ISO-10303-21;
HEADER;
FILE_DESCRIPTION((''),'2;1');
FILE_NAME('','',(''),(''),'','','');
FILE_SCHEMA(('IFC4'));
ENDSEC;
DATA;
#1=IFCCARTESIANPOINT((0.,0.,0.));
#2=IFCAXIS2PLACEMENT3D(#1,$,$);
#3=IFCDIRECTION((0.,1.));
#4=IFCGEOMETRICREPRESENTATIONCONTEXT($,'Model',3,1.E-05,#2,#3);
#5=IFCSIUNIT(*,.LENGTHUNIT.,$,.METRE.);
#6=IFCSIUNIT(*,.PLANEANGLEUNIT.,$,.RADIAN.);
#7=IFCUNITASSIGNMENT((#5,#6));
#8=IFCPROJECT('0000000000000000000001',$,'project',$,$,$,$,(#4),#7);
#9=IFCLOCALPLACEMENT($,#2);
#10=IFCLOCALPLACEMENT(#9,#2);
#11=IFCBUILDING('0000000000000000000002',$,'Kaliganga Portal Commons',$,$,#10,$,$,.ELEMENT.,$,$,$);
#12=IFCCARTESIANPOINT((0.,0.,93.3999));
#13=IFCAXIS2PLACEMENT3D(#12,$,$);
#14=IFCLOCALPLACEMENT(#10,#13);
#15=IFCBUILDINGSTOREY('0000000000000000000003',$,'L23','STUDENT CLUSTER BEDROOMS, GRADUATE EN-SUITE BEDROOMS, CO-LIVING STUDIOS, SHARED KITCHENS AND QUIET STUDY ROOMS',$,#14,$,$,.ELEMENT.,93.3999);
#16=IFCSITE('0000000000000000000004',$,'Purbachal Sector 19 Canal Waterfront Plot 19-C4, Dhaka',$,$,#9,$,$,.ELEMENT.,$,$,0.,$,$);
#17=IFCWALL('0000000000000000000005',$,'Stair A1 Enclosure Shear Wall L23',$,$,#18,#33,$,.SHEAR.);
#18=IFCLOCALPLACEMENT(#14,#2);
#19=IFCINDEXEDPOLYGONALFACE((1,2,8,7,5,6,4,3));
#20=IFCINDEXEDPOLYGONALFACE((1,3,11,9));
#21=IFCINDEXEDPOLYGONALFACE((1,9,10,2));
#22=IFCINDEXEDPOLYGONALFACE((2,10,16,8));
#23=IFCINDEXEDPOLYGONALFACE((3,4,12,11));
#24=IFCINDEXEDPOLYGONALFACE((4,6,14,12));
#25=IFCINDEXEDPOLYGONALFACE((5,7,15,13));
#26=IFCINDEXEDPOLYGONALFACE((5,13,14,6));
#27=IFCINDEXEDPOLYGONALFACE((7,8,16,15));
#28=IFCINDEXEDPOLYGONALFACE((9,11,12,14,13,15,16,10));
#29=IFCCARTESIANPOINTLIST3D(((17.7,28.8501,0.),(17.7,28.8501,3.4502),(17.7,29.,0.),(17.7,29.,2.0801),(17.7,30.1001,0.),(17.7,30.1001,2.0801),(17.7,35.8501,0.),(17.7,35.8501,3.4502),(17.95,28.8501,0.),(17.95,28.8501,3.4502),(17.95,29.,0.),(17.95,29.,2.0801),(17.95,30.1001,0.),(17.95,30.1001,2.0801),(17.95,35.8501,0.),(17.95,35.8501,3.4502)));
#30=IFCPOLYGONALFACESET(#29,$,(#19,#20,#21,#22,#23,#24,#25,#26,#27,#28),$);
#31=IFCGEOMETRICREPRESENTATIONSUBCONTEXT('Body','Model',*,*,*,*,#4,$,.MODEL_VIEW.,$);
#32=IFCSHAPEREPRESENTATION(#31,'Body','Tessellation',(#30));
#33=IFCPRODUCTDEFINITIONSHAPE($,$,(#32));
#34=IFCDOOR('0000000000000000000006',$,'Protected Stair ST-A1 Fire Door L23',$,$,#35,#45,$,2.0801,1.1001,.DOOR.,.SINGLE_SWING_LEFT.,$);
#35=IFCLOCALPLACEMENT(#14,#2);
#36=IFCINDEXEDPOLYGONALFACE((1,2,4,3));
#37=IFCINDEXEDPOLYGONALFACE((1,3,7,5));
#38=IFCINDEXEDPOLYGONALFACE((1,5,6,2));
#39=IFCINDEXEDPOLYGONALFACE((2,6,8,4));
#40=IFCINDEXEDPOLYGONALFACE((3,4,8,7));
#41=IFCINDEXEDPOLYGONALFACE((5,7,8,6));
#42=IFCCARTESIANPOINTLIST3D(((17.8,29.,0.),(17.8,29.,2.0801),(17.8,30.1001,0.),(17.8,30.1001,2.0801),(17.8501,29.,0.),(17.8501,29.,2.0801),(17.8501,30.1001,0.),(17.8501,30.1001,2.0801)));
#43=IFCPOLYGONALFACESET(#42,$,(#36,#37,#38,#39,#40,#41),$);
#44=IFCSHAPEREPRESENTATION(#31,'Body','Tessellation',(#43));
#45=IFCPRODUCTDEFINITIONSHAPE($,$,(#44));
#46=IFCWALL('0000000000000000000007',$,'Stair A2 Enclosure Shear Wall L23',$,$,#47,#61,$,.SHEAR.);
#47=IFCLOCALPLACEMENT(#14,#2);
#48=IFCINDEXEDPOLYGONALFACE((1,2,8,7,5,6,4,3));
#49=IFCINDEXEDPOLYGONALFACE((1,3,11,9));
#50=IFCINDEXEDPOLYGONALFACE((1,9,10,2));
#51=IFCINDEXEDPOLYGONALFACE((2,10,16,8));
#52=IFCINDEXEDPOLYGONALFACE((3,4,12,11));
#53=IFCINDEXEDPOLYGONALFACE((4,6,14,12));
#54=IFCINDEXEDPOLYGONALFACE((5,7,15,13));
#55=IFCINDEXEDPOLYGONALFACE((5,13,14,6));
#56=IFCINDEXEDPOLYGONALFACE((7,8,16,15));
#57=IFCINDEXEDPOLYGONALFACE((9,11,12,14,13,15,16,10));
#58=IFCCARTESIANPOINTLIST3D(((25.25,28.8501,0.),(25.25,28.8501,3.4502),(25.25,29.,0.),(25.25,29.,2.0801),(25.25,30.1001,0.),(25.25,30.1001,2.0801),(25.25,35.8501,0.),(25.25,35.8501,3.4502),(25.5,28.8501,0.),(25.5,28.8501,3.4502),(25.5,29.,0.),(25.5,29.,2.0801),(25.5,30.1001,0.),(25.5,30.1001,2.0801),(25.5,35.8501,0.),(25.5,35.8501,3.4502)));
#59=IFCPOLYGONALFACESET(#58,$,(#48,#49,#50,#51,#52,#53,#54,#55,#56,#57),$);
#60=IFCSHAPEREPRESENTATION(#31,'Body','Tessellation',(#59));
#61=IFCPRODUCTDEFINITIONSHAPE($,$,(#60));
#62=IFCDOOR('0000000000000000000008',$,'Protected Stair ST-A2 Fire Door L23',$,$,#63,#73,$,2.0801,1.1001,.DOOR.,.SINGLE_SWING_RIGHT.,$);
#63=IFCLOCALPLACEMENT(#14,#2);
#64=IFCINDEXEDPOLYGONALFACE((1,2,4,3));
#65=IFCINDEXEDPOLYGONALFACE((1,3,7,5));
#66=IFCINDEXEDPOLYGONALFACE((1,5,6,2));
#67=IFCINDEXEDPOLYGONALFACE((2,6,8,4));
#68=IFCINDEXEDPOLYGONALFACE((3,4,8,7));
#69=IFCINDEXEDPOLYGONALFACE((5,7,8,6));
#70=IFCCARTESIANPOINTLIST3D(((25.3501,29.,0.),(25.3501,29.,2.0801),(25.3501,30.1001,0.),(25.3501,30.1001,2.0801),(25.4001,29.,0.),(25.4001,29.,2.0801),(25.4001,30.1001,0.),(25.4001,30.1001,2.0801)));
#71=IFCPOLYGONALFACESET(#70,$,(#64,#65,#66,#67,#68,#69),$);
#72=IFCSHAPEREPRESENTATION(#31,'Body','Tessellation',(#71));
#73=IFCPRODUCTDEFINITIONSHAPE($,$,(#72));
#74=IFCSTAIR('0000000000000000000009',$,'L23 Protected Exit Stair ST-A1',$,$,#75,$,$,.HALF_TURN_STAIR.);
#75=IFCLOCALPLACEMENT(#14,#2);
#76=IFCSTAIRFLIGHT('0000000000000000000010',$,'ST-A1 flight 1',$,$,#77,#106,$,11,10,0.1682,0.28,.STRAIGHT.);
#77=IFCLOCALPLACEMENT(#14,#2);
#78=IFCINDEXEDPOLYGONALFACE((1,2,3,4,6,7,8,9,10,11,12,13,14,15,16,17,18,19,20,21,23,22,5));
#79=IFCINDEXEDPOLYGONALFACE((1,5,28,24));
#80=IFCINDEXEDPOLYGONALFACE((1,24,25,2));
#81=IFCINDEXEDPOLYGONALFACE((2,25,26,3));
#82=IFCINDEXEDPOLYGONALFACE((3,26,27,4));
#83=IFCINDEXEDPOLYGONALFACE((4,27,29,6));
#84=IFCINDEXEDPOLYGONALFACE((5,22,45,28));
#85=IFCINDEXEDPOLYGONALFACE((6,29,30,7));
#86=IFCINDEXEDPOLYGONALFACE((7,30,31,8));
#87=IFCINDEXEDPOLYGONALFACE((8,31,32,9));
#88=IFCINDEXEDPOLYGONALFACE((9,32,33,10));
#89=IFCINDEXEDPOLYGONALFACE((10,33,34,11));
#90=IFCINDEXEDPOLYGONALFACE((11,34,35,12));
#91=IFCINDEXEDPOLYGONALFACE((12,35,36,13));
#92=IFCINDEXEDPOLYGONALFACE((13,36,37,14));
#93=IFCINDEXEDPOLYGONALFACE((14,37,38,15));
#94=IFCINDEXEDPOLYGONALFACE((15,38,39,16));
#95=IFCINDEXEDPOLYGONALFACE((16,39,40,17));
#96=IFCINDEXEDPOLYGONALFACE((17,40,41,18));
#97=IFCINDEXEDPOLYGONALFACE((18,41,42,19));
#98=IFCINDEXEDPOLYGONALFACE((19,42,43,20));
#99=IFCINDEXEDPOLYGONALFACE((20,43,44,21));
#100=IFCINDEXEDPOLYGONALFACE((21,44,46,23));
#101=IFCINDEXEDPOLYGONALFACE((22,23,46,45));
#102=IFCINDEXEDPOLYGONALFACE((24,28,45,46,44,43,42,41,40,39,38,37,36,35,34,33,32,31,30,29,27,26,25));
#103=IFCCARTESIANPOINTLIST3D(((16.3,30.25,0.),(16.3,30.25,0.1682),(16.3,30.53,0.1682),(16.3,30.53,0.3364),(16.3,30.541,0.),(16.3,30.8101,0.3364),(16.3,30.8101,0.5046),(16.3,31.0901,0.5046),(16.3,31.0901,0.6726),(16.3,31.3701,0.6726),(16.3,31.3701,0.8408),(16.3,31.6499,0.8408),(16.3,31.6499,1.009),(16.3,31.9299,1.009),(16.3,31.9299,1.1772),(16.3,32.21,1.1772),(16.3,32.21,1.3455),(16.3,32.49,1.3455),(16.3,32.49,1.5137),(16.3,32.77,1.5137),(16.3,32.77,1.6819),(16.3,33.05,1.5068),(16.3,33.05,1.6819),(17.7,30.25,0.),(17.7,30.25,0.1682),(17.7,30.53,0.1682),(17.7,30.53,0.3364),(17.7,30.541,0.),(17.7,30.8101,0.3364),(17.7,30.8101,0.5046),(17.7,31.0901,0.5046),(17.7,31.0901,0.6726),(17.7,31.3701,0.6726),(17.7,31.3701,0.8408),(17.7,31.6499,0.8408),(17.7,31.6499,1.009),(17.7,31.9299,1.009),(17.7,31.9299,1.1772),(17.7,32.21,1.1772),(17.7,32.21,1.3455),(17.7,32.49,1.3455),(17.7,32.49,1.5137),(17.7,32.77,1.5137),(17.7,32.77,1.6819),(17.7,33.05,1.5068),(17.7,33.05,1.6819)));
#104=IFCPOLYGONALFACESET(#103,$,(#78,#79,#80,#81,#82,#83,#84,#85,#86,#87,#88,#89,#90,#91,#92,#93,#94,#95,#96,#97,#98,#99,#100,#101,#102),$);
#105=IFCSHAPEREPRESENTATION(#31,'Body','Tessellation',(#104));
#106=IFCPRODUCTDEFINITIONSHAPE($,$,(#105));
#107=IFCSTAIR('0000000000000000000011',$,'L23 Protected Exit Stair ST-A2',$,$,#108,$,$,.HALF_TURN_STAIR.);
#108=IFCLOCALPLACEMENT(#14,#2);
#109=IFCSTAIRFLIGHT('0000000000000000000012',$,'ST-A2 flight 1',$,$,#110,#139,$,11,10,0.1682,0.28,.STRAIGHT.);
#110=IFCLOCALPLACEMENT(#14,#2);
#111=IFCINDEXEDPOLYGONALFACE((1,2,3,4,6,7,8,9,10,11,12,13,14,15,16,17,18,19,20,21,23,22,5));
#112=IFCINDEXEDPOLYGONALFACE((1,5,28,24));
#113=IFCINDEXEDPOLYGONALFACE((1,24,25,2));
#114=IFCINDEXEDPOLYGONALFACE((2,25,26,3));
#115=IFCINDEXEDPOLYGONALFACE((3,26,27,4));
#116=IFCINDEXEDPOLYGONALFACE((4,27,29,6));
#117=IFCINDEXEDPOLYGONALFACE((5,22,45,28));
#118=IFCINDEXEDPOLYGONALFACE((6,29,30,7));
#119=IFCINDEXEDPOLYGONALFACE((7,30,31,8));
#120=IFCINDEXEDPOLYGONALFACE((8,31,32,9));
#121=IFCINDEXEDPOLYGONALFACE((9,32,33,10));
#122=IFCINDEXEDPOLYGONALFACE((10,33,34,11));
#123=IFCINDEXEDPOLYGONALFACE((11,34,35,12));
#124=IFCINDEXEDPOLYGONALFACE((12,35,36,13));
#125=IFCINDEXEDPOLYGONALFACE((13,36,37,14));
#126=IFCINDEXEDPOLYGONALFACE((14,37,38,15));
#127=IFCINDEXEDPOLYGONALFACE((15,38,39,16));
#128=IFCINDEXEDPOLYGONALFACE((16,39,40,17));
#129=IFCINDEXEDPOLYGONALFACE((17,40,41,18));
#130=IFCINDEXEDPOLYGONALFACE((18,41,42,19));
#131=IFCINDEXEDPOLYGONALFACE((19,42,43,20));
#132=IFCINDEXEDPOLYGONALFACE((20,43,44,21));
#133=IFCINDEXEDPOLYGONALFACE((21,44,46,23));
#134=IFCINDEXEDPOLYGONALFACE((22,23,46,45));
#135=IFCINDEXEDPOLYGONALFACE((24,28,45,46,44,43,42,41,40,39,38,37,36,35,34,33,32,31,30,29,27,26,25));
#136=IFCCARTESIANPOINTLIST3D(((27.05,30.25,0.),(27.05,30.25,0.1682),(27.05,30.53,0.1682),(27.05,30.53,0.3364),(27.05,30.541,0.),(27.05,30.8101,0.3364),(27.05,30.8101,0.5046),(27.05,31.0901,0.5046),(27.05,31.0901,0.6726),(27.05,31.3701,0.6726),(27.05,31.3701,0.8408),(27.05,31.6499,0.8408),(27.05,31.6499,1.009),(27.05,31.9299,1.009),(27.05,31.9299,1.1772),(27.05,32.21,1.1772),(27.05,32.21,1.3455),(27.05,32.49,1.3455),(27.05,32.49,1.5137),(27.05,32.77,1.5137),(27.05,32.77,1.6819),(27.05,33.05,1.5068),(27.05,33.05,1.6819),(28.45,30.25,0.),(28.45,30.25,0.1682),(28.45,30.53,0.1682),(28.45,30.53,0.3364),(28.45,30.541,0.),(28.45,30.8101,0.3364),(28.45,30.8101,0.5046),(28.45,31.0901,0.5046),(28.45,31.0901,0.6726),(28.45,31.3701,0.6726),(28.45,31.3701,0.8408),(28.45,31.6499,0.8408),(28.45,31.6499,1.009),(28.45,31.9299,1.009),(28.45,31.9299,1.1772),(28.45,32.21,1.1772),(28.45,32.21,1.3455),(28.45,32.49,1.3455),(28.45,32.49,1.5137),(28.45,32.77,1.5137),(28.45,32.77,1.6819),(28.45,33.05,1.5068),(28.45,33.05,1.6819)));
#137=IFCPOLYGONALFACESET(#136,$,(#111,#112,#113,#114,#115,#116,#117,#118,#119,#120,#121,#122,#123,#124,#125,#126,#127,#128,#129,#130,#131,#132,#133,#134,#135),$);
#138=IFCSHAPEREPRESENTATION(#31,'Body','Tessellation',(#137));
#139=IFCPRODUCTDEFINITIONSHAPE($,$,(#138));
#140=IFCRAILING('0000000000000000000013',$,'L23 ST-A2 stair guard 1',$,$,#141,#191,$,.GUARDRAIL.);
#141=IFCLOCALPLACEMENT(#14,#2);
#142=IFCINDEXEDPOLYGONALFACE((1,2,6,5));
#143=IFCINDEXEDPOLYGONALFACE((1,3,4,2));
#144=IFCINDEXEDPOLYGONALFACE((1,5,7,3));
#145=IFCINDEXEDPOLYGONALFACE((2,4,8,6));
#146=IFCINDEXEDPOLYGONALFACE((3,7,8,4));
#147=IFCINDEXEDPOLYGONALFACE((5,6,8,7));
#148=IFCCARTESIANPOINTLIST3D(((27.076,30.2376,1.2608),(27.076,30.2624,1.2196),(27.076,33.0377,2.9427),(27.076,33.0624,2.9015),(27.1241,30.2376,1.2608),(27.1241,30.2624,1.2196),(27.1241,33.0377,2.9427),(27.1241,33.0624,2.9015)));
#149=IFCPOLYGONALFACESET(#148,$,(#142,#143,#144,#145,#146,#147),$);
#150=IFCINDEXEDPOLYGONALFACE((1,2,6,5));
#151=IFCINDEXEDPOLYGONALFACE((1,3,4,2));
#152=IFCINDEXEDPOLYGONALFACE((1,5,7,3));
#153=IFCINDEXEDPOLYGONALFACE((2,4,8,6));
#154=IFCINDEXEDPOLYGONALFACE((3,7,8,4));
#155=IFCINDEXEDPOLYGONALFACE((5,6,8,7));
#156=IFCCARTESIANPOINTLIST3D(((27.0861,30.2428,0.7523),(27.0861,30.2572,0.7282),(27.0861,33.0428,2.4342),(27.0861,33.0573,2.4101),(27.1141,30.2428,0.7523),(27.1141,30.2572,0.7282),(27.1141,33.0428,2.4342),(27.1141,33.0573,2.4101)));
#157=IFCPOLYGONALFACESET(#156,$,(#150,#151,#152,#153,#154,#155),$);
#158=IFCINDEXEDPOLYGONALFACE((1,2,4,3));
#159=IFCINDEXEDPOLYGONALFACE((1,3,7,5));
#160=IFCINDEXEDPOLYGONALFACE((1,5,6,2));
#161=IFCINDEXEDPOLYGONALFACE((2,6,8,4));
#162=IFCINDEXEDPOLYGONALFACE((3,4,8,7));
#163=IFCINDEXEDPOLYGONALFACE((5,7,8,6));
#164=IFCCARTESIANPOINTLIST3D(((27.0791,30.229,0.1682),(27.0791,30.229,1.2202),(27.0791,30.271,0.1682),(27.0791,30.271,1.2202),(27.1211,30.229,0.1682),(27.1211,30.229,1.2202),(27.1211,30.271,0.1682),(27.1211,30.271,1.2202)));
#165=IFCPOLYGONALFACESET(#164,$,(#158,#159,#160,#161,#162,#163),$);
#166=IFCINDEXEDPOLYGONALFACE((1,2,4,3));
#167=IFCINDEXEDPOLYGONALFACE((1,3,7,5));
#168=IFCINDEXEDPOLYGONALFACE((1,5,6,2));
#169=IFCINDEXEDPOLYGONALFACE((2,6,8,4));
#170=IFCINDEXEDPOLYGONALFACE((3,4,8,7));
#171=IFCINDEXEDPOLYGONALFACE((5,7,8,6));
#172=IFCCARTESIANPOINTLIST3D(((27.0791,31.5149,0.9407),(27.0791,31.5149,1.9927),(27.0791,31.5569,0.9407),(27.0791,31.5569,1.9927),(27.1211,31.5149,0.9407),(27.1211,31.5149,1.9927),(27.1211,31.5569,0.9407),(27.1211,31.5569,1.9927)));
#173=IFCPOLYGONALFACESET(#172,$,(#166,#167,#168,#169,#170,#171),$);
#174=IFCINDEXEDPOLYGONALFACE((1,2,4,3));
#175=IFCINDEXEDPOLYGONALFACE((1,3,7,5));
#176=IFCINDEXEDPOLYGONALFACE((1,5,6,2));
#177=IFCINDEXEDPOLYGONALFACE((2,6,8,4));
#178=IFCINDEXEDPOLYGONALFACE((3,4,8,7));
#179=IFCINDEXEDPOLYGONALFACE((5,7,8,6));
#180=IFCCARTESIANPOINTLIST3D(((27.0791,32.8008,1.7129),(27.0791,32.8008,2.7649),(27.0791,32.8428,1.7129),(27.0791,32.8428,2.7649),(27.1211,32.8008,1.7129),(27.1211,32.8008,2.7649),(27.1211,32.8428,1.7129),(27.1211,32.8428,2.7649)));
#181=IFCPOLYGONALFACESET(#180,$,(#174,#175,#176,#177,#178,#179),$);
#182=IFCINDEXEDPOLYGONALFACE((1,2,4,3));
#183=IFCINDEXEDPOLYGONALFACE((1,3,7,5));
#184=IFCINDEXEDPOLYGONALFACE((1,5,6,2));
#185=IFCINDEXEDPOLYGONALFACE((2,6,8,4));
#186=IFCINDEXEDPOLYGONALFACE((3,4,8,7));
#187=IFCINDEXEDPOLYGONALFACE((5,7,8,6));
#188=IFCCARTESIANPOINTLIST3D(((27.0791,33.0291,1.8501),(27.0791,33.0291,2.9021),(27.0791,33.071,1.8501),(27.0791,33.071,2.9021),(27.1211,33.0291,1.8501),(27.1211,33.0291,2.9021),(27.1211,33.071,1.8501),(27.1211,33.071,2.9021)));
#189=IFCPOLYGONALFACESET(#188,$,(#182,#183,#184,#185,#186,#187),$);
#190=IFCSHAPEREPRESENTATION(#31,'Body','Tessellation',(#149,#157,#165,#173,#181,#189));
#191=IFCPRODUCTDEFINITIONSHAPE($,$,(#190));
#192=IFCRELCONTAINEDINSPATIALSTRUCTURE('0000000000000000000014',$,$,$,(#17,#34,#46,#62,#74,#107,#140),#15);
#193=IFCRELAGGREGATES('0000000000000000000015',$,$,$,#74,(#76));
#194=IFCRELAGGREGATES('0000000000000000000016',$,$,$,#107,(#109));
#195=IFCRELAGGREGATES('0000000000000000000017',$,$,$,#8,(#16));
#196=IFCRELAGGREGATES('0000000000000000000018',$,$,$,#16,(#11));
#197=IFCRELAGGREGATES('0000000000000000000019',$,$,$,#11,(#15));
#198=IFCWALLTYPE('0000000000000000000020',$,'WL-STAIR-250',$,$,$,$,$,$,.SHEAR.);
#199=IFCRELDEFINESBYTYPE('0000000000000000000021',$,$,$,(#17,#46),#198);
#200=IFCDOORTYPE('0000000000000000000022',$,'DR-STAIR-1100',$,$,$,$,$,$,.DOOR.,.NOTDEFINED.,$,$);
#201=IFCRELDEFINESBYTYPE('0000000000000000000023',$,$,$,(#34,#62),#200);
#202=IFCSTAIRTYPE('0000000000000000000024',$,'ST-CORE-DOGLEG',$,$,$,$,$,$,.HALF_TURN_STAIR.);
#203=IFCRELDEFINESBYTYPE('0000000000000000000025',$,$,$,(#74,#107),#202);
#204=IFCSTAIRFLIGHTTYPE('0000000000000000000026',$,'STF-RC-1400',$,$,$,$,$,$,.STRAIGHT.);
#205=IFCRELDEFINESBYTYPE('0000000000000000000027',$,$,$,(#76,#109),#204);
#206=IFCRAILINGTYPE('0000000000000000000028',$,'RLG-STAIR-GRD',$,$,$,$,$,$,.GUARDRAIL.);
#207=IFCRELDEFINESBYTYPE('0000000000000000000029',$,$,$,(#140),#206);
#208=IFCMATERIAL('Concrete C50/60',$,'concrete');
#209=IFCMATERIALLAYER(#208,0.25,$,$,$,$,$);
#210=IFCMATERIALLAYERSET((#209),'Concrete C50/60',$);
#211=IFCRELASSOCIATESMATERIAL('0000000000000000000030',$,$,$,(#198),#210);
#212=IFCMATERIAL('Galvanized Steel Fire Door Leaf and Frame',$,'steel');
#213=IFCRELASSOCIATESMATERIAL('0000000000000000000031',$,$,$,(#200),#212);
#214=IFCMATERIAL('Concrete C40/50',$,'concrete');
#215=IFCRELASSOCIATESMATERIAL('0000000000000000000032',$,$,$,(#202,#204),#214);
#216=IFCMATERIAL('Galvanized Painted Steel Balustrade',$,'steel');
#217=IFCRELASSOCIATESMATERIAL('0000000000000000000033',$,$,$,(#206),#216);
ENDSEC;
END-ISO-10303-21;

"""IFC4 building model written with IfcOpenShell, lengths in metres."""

from ifc_helpers import new_model, si_unit, direction, frame, frame_2d, origin, origin_2d, place, context, subcontext, project, spatial, polyline, rectangle, outline, extrude, material, layer, layer_set, type_object, element, fill, aggregate, save


model = new_model("IFC4")

# Units and contexts
model_context = context("Model", 3, precision=1e-05, world=origin(), true_north=direction((0.0, 1.0)))
body_context = subcontext(model_context, "Body", "Model", "MODEL_VIEW")
ifc_project = project(units=[si_unit("LENGTHUNIT", "METRE"), si_unit("PLANEANGLEUNIT", "RADIAN")], contexts=[model_context])

# Site, building, storey
site_placement = place(None, origin())
site = spatial("IfcSite", under=ifc_project, at=site_placement, Name="Purbachal Sector 19 Canal Waterfront Plot 19-C4, Dhaka", CompositionType="ELEMENT", RefElevation=0.0)
building_placement = place(site_placement, origin())
building = spatial("IfcBuilding", under=site, at=building_placement, Name="Kaliganga Portal Commons", CompositionType="ELEMENT")
storey_placement = place(building_placement, frame((0.0, 0.0, 93.3999)))
storey = spatial("IfcBuildingStorey", under=building, at=storey_placement, Name="L23", Description="STUDENT CLUSTER BEDROOMS, GRADUATE EN-SUITE BEDROOMS, CO-LIVING STUDIOS, SHARED KITCHENS AND QUIET STUDY ROOMS", CompositionType="ELEMENT", Elevation=93.3999)

# Walls, openings, doors
ifc_material_1 = material(Name="Concrete C50/60", Category="concrete")
ifc_layer_1 = layer(ifc_material_1, 0.25)
ifc_layer_set_1 = layer_set([ifc_layer_1], Name="Concrete C50/60")
wall_type_1 = type_object("IfcWallType", Name="WL-STAIR-250", PredefinedType="SHEAR", material=ifc_layer_set_1)
wall_1_placement = place(storey_placement, frame((17.825, 28.8501, 0.0), z_axis=(0.0, 0.0, 1.0), x_axis=(0.0, 1.0, 0.0)))
wall_1 = element("IfcWall", 1, at=wall_1_placement, inside=storey, type_object=wall_type_1, Name="Stair A1 Enclosure Shear Wall L23", PredefinedType="SHEAR", context=body_context, shape_type="SweptSolid", body=[
    extrude(rectangle(XDim=7.0, YDim=0.25, at=frame_2d((3.5, 0.0))), origin(), (0.0, 0.0, 1.0), 3.4502),
])
opening_1_placement = place(wall_1_placement, frame((0.1499, 0.0, 0.0)))
opening_1 = element("IfcOpeningElement", 2, at=opening_1_placement, cuts=wall_1, PredefinedType="OPENING", context=body_context, shape_type="SweptSolid", body=[
    extrude(rectangle(XDim=1.1001, YDim=2.0801, at=frame_2d((0.55, 1.04))), frame((0.0, 0.135, 0.0), z_axis=(0.0, -1.0, 0.0), x_axis=(1.0, 0.0, 0.0)), (0.0, 0.0, 1.0), 0.27),
])
ifc_material_2 = material(Name="Galvanized Steel Fire Door Leaf and Frame", Category="steel")
door_type_1 = type_object("IfcDoorType", Name="DR-STAIR-1100", OperationType="NOTDEFINED", PredefinedType="DOOR", material=ifc_material_2)
door_1_placement = place(opening_1_placement, origin())
door_1 = element("IfcDoor", 3, at=door_1_placement, inside=storey, type_object=door_type_1, Name="Protected Stair ST-A1 Fire Door L23", OperationType="SINGLE_SWING_LEFT", OverallHeight=2.0801, OverallWidth=1.1001, PredefinedType="DOOR", context=body_context, shape_type="SweptSolid", body=[
    extrude(rectangle(XDim=1.1001, YDim=2.0801, at=frame_2d((0.55, 1.04))), frame((0.0, 0.0249, 0.0), z_axis=(0.0, -1.0, 0.0), x_axis=(1.0, 0.0, 0.0)), (0.0, 0.0, 1.0), 0.05),
])
fill(opening_1, door_1)
wall_2_placement = place(storey_placement, frame((25.375, 28.8501, 0.0), z_axis=(0.0, 0.0, 1.0), x_axis=(0.0, 1.0, 0.0)))
wall_2 = element("IfcWall", 4, at=wall_2_placement, inside=storey, type_object=wall_type_1, Name="Stair A2 Enclosure Shear Wall L23", PredefinedType="SHEAR", context=body_context, shape_type="SweptSolid", body=[
    extrude(rectangle(XDim=7.0, YDim=0.25, at=frame_2d((3.5, 0.0))), origin(), (0.0, 0.0, 1.0), 3.4502),
])
opening_2_placement = place(wall_2_placement, frame((0.1499, 0.0, 0.0)))
opening_2 = element("IfcOpeningElement", 5, at=opening_2_placement, cuts=wall_2, PredefinedType="OPENING", context=body_context, shape_type="SweptSolid", body=[
    extrude(rectangle(XDim=1.1001, YDim=2.0801, at=frame_2d((0.55, 1.04))), frame((0.0, 0.135, 0.0), z_axis=(0.0, -1.0, 0.0), x_axis=(1.0, 0.0, 0.0)), (0.0, 0.0, 1.0), 0.27),
])
door_2_placement = place(opening_2_placement, origin())
door_2 = element("IfcDoor", 6, at=door_2_placement, inside=storey, type_object=door_type_1, Name="Protected Stair ST-A2 Fire Door L23", OperationType="SINGLE_SWING_RIGHT", OverallHeight=2.0801, OverallWidth=1.1001, PredefinedType="DOOR", context=body_context, shape_type="SweptSolid", body=[
    extrude(rectangle(XDim=1.1001, YDim=2.0801, at=frame_2d((0.55, 1.04))), frame((0.0, 0.0249, 0.0), z_axis=(0.0, -1.0, 0.0), x_axis=(1.0, 0.0, 0.0)), (0.0, 0.0, 1.0), 0.05),
])
fill(opening_2, door_2)

# Stairs, stair flights
ifc_material_3 = material(Name="Concrete C40/50", Category="concrete")
stair_type = type_object("IfcStairType", Name="ST-CORE-DOGLEG", PredefinedType="HALF_TURN_STAIR", material=ifc_material_3)
stair_1_placement = place(storey_placement, origin())
stair_1 = element("IfcStair", 7, at=stair_1_placement, inside=storey, type_object=stair_type, Name="L23 Protected Exit Stair ST-A1", PredefinedType="HALF_TURN_STAIR")
stair_flight_type = type_object("IfcStairFlightType", Name="STF-RC-1400", PredefinedType="STRAIGHT", material=ifc_material_3)
stair_flight_1_placement = place(storey_placement, frame((17.0, 30.25, 0.0), z_axis=(0.0, 0.0, 1.0), x_axis=(0.0, 1.0, 0.0)))
stair_flight_1 = element("IfcStairFlight", 8, at=stair_flight_1_placement, type_object=stair_flight_type, Name="ST-A1 flight 1", NumberOfRisers=11, NumberOfTreads=10, PredefinedType="STRAIGHT", RiserHeight=0.1682, TreadLength=0.28, context=body_context, shape_type="SweptSolid", body=[
    extrude(outline(polyline([(0.0, 0.0), (0.0, 0.1682), (0.28, 0.1682), (0.28, 0.3364), (0.5601, 0.3364), (0.5601, 0.5046), (0.8401, 0.5046), (0.8401, 0.6726), (1.1201, 0.6726), (1.1201, 0.8408), (1.3999, 0.8408), (1.3999, 1.009), (1.6799, 1.009), (1.6799, 1.1772), (1.96, 1.1772), (1.96, 1.3455), (2.24, 1.3455), (2.24, 1.5137), (2.52, 1.5137), (2.52, 1.6819), (2.8, 1.6819), (2.8, 1.8501), (2.8, 1.5068), (0.291, 0.0), (0.0, 0.0)])), frame((0.0, 0.7, 0.0), z_axis=(0.0, -1.0, 0.0), x_axis=(1.0, 0.0, 0.0)), (0.0, 0.0, 1.0), 1.3999),
])
aggregate(stair_1, [stair_flight_1])
stair_2_placement = place(storey_placement, origin())
stair_2 = element("IfcStair", 9, at=stair_2_placement, inside=storey, type_object=stair_type, Name="L23 Protected Exit Stair ST-A2", PredefinedType="HALF_TURN_STAIR")
stair_flight_2_placement = place(storey_placement, frame((27.75, 30.25, 0.0), z_axis=(0.0, 0.0, 1.0), x_axis=(0.0, 1.0, 0.0)))
stair_flight_2 = element("IfcStairFlight", 10, at=stair_flight_2_placement, type_object=stair_flight_type, Name="ST-A2 flight 1", NumberOfRisers=11, NumberOfTreads=10, PredefinedType="STRAIGHT", RiserHeight=0.1682, TreadLength=0.28, context=body_context, shape_type="SweptSolid", body=[
    extrude(outline(polyline([(0.0, 0.0), (0.0, 0.1682), (0.28, 0.1682), (0.28, 0.3364), (0.5601, 0.3364), (0.5601, 0.5046), (0.8401, 0.5046), (0.8401, 0.6726), (1.1201, 0.6726), (1.1201, 0.8408), (1.3999, 0.8408), (1.3999, 1.009), (1.6799, 1.009), (1.6799, 1.1772), (1.96, 1.1772), (1.96, 1.3455), (2.24, 1.3455), (2.24, 1.5137), (2.52, 1.5137), (2.52, 1.6819), (2.8, 1.6819), (2.8, 1.8501), (2.8, 1.5068), (0.291, 0.0), (0.0, 0.0)])), frame((0.0, 0.7, 0.0), z_axis=(0.0, -1.0, 0.0), x_axis=(1.0, 0.0, 0.0)), (0.0, 0.0, 1.0), 1.3999),
])
aggregate(stair_2, [stair_flight_2])

# Railing
ifc_material_4 = material(Name="Galvanized Painted Steel Balustrade", Category="steel")
railing_type_1 = type_object("IfcRailingType", Name="RLG-STAIR-GRD", PredefinedType="GUARDRAIL", material=ifc_material_4)
railing_1_placement = place(storey_placement, frame((27.1001, 30.25, 0.1682)))
element("IfcRailing", 11, at=railing_1_placement, inside=storey, type_object=railing_type_1, Name="L23 ST-A2 stair guard 1", PredefinedType="GUARDRAIL", context=body_context, shape_type="SweptSolid", body=[
    extrude(rectangle(XDim=0.0481, YDim=0.0481, at=origin_2d()), frame((0.0, 0.0, 1.072), z_axis=(0.0, 0.857242, 0.514913), x_axis=(-1.0, 0.0, 0.0)), (0.0, 0.0, 1.0), 3.2664),
    extrude(rectangle(XDim=0.0281, YDim=0.0281, at=origin_2d()), frame((0.0, 0.0, 0.572), z_axis=(0.0, 0.857242, 0.514913), x_axis=(-1.0, 0.0, 0.0)), (0.0, 0.0, 1.0), 3.2664),
    extrude(rectangle(XDim=0.042, YDim=0.042, at=origin_2d()), origin(), (0.0, 0.0, 1.0), 1.052),
    extrude(rectangle(XDim=0.042, YDim=0.042, at=origin_2d()), frame((0.0, 1.2859, 0.7725)), (0.0, 0.0, 1.0), 1.052),
    extrude(rectangle(XDim=0.042, YDim=0.042, at=origin_2d()), frame((0.0, 2.5718, 1.5447)), (0.0, 0.0, 1.0), 1.052),
    extrude(rectangle(XDim=0.042, YDim=0.042, at=origin_2d()), frame((0.0, 2.8, 1.6819)), (0.0, 0.0, 1.0), 1.052),
])

save(model, "model.ifc")
